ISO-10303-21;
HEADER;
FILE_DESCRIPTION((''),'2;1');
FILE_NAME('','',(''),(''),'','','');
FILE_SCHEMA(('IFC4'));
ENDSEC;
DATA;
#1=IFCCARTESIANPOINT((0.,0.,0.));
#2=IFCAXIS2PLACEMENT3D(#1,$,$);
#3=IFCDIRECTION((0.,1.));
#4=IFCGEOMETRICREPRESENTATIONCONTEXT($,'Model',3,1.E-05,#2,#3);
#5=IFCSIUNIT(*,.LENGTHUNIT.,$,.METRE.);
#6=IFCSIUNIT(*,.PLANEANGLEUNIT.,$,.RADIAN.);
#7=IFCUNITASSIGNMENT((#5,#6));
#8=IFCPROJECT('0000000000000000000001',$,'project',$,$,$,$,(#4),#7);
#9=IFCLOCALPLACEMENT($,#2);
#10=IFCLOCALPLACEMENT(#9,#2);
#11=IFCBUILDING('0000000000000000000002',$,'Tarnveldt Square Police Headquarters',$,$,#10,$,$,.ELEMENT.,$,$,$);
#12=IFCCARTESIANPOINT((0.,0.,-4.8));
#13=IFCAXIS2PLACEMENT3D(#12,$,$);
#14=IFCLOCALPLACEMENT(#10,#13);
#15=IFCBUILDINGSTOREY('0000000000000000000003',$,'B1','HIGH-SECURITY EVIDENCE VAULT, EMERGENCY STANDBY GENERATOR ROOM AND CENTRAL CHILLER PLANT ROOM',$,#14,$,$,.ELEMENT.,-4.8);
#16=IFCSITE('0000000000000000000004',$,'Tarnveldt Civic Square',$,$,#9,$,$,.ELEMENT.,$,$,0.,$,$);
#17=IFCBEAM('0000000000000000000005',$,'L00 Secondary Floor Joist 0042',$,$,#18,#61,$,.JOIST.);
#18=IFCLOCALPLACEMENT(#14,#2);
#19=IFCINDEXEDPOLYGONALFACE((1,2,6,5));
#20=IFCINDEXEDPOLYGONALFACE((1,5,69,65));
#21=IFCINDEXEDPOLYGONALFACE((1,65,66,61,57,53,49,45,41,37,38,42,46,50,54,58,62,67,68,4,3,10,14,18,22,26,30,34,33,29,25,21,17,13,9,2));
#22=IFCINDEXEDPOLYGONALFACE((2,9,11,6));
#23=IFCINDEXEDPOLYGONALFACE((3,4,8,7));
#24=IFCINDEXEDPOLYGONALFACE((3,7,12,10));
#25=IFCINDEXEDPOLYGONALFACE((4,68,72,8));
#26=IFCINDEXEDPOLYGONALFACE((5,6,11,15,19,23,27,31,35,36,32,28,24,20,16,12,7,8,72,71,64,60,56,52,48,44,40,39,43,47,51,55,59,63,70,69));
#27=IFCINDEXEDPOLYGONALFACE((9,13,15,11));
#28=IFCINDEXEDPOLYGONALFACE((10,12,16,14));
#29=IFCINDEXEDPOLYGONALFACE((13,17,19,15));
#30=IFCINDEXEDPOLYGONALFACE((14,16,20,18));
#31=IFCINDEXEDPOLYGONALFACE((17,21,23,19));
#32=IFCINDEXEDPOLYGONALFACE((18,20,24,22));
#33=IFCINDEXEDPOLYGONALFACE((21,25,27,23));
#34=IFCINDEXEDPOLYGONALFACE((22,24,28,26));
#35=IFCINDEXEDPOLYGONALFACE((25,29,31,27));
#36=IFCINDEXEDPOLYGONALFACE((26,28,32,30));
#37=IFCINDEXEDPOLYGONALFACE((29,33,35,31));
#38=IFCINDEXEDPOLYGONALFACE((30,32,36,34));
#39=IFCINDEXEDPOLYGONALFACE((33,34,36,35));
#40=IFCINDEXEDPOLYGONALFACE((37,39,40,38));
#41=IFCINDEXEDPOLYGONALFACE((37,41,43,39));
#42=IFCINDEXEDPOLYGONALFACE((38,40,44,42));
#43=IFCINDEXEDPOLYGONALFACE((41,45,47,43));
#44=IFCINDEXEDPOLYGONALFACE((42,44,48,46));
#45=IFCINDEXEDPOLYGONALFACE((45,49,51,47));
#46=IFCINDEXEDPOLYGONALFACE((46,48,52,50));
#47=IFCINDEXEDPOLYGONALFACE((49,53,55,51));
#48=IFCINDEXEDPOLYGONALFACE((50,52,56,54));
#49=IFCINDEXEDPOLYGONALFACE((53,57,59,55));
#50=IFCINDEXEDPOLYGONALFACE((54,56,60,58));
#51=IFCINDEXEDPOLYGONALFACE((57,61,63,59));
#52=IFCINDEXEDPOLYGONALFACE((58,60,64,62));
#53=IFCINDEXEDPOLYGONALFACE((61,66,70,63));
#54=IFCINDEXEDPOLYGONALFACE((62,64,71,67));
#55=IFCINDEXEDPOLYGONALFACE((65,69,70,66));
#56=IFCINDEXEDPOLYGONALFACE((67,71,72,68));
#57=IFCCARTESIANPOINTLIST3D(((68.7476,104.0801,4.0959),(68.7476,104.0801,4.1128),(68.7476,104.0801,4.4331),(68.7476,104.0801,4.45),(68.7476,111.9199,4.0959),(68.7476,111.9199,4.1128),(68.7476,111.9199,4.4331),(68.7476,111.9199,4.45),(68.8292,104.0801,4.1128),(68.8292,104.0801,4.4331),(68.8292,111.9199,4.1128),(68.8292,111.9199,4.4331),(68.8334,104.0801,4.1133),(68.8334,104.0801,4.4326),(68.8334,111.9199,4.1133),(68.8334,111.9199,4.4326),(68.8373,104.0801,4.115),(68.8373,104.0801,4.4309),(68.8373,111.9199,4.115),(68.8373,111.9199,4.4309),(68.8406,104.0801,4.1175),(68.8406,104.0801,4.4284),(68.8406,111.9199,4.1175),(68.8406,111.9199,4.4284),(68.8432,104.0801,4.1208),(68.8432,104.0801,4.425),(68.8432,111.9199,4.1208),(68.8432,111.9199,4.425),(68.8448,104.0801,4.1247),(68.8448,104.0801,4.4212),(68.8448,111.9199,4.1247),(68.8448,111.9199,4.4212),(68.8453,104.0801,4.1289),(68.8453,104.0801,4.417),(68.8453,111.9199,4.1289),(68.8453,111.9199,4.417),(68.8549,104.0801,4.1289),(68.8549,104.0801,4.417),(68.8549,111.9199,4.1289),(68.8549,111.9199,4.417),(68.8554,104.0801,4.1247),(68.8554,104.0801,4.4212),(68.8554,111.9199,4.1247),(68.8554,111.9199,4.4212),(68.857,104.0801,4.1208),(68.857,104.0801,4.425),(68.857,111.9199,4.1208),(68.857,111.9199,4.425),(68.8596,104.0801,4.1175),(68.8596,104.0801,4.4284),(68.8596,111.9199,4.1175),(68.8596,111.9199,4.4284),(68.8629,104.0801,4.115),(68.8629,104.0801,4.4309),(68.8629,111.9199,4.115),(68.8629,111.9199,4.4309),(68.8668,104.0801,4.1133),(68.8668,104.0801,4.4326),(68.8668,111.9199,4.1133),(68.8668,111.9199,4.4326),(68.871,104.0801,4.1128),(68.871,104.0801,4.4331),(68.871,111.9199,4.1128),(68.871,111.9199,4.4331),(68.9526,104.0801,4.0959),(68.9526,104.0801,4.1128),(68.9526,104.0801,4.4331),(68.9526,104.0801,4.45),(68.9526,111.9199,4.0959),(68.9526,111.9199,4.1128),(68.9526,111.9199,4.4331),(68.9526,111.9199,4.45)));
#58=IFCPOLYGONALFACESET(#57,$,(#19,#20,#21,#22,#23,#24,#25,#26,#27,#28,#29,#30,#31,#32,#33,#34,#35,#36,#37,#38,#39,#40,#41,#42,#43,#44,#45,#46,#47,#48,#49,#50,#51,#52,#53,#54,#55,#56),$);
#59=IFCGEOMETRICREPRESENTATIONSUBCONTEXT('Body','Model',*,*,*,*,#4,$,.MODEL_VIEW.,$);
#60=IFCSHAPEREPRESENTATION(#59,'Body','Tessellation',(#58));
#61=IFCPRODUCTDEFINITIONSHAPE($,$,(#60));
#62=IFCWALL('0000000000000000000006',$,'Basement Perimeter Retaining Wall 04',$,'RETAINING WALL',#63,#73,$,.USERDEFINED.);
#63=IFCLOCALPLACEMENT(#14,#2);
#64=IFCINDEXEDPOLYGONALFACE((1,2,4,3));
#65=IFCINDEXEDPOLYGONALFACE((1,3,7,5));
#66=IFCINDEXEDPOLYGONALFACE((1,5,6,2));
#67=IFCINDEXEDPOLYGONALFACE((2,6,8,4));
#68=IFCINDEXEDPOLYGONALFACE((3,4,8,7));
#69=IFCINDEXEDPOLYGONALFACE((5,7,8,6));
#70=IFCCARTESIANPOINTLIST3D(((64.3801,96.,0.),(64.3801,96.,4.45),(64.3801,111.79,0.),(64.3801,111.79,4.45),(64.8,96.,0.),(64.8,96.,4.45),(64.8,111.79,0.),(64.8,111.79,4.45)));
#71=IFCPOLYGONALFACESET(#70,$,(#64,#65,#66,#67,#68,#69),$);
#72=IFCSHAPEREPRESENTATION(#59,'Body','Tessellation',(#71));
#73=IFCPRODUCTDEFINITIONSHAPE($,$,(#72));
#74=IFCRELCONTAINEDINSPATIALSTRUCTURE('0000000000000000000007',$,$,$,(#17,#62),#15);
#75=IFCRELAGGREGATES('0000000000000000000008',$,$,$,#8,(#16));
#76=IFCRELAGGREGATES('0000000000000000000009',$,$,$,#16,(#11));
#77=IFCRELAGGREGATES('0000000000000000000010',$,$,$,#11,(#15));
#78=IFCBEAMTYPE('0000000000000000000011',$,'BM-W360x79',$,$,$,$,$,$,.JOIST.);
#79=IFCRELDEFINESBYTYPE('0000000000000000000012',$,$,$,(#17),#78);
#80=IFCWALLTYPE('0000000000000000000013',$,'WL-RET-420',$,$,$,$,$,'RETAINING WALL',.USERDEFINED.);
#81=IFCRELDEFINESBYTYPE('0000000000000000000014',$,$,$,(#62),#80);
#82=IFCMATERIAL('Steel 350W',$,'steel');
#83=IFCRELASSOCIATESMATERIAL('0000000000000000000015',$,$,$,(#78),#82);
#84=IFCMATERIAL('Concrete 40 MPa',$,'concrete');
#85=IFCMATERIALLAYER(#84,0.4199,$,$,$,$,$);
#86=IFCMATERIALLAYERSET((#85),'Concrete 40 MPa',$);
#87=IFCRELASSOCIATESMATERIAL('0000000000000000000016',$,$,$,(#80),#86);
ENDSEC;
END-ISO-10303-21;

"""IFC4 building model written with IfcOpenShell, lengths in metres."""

from ifc_helpers import new_model, si_unit, direction, frame, frame_2d, origin, origin_2d, place, context, subcontext, project, spatial, rectangle, i_section, extrude, material, layer, layer_set, material_profile, profile_set, type_object, element, save


model = new_model("IFC4")

# Units and contexts
model_context = context("Model", 3, precision=1e-05, world=origin(), true_north=direction((0.0, 1.0)))
body_context = subcontext(model_context, "Body", "Model", "MODEL_VIEW")
ifc_project = project(units=[si_unit("LENGTHUNIT", "METRE"), si_unit("PLANEANGLEUNIT", "RADIAN")], contexts=[model_context])

# Site, building, storey
site_placement = place(None, origin())
site = spatial("IfcSite", under=ifc_project, at=site_placement, Name="Tarnveldt Civic Square", CompositionType="ELEMENT", RefElevation=0.0)
building_placement = place(site_placement, origin())
building = spatial("IfcBuilding", under=site, at=building_placement, Name="Tarnveldt Square Police Headquarters", CompositionType="ELEMENT")
storey_placement = place(building_placement, frame((0.0, 0.0, -4.8)))
storey = spatial("IfcBuildingStorey", under=building, at=storey_placement, Name="B1", Description="HIGH-SECURITY EVIDENCE VAULT, EMERGENCY STANDBY GENERATOR ROOM AND CENTRAL CHILLER PLANT ROOM", CompositionType="ELEMENT", Elevation=-4.8)

# Shared definitions
ifc_material_1 = material(Name="Concrete 40 MPa", Category="concrete")

# Beam
ifc_material_2 = material(Name="Steel 350W", Category="steel")
ifc_material_profile_1 = material_profile(ifc_material_2, i_section(OverallWidth=0.2051, OverallDepth=0.354, WebThickness=0.0095, FlangeThickness=0.0168, FilletRadius=0.0161, at=origin_2d()), Name="W360x79")
ifc_profile_set_1 = profile_set([ifc_material_profile_1], Name="Steel 350W")
beam_type_1 = type_object("IfcBeamType", Name="BM-W360x79", PredefinedType="JOIST", material=ifc_profile_set_1)
beam_1_placement = place(storey_placement, frame((68.8501, 104.0801, 4.2729), z_axis=(0.0, 1.0, 0.0), x_axis=(-1.0, 0.0, 0.0)))
element("IfcBeam", 1, at=beam_1_placement, inside=storey, type_object=beam_type_1, Name="L00 Secondary Floor Joist 0042", PredefinedType="JOIST", context=body_context, shape_type="SweptSolid", body=[
    extrude(i_section(OverallWidth=0.2051, OverallDepth=0.354, WebThickness=0.0095, FlangeThickness=0.0168, FilletRadius=0.0161, at=origin_2d()), origin(), (0.0, 0.0, 1.0), 7.8398),
])

# Wall
ifc_layer = layer(ifc_material_1, 0.4199)
ifc_layer_set = layer_set([ifc_layer], Name="Concrete 40 MPa")
wall_type = type_object("IfcWallType", Name="WL-RET-420", ElementType="RETAINING WALL", PredefinedType="USERDEFINED", material=ifc_layer_set)
wall_placement = place(storey_placement, frame((64.5901, 111.79, 0.0), z_axis=(0.0, 0.0, 1.0), x_axis=(0.0, -1.0, 0.0)))
element("IfcWall", 2, at=wall_placement, inside=storey, type_object=wall_type, Name="Basement Perimeter Retaining Wall 04", ObjectType="RETAINING WALL", PredefinedType="USERDEFINED", context=body_context, shape_type="SweptSolid", body=[
    extrude(rectangle(XDim=15.79, YDim=0.4199, at=frame_2d((7.895, 0.0))), origin(), (0.0, 0.0, 1.0), 4.45),
])

save(model, "model.ifc")
